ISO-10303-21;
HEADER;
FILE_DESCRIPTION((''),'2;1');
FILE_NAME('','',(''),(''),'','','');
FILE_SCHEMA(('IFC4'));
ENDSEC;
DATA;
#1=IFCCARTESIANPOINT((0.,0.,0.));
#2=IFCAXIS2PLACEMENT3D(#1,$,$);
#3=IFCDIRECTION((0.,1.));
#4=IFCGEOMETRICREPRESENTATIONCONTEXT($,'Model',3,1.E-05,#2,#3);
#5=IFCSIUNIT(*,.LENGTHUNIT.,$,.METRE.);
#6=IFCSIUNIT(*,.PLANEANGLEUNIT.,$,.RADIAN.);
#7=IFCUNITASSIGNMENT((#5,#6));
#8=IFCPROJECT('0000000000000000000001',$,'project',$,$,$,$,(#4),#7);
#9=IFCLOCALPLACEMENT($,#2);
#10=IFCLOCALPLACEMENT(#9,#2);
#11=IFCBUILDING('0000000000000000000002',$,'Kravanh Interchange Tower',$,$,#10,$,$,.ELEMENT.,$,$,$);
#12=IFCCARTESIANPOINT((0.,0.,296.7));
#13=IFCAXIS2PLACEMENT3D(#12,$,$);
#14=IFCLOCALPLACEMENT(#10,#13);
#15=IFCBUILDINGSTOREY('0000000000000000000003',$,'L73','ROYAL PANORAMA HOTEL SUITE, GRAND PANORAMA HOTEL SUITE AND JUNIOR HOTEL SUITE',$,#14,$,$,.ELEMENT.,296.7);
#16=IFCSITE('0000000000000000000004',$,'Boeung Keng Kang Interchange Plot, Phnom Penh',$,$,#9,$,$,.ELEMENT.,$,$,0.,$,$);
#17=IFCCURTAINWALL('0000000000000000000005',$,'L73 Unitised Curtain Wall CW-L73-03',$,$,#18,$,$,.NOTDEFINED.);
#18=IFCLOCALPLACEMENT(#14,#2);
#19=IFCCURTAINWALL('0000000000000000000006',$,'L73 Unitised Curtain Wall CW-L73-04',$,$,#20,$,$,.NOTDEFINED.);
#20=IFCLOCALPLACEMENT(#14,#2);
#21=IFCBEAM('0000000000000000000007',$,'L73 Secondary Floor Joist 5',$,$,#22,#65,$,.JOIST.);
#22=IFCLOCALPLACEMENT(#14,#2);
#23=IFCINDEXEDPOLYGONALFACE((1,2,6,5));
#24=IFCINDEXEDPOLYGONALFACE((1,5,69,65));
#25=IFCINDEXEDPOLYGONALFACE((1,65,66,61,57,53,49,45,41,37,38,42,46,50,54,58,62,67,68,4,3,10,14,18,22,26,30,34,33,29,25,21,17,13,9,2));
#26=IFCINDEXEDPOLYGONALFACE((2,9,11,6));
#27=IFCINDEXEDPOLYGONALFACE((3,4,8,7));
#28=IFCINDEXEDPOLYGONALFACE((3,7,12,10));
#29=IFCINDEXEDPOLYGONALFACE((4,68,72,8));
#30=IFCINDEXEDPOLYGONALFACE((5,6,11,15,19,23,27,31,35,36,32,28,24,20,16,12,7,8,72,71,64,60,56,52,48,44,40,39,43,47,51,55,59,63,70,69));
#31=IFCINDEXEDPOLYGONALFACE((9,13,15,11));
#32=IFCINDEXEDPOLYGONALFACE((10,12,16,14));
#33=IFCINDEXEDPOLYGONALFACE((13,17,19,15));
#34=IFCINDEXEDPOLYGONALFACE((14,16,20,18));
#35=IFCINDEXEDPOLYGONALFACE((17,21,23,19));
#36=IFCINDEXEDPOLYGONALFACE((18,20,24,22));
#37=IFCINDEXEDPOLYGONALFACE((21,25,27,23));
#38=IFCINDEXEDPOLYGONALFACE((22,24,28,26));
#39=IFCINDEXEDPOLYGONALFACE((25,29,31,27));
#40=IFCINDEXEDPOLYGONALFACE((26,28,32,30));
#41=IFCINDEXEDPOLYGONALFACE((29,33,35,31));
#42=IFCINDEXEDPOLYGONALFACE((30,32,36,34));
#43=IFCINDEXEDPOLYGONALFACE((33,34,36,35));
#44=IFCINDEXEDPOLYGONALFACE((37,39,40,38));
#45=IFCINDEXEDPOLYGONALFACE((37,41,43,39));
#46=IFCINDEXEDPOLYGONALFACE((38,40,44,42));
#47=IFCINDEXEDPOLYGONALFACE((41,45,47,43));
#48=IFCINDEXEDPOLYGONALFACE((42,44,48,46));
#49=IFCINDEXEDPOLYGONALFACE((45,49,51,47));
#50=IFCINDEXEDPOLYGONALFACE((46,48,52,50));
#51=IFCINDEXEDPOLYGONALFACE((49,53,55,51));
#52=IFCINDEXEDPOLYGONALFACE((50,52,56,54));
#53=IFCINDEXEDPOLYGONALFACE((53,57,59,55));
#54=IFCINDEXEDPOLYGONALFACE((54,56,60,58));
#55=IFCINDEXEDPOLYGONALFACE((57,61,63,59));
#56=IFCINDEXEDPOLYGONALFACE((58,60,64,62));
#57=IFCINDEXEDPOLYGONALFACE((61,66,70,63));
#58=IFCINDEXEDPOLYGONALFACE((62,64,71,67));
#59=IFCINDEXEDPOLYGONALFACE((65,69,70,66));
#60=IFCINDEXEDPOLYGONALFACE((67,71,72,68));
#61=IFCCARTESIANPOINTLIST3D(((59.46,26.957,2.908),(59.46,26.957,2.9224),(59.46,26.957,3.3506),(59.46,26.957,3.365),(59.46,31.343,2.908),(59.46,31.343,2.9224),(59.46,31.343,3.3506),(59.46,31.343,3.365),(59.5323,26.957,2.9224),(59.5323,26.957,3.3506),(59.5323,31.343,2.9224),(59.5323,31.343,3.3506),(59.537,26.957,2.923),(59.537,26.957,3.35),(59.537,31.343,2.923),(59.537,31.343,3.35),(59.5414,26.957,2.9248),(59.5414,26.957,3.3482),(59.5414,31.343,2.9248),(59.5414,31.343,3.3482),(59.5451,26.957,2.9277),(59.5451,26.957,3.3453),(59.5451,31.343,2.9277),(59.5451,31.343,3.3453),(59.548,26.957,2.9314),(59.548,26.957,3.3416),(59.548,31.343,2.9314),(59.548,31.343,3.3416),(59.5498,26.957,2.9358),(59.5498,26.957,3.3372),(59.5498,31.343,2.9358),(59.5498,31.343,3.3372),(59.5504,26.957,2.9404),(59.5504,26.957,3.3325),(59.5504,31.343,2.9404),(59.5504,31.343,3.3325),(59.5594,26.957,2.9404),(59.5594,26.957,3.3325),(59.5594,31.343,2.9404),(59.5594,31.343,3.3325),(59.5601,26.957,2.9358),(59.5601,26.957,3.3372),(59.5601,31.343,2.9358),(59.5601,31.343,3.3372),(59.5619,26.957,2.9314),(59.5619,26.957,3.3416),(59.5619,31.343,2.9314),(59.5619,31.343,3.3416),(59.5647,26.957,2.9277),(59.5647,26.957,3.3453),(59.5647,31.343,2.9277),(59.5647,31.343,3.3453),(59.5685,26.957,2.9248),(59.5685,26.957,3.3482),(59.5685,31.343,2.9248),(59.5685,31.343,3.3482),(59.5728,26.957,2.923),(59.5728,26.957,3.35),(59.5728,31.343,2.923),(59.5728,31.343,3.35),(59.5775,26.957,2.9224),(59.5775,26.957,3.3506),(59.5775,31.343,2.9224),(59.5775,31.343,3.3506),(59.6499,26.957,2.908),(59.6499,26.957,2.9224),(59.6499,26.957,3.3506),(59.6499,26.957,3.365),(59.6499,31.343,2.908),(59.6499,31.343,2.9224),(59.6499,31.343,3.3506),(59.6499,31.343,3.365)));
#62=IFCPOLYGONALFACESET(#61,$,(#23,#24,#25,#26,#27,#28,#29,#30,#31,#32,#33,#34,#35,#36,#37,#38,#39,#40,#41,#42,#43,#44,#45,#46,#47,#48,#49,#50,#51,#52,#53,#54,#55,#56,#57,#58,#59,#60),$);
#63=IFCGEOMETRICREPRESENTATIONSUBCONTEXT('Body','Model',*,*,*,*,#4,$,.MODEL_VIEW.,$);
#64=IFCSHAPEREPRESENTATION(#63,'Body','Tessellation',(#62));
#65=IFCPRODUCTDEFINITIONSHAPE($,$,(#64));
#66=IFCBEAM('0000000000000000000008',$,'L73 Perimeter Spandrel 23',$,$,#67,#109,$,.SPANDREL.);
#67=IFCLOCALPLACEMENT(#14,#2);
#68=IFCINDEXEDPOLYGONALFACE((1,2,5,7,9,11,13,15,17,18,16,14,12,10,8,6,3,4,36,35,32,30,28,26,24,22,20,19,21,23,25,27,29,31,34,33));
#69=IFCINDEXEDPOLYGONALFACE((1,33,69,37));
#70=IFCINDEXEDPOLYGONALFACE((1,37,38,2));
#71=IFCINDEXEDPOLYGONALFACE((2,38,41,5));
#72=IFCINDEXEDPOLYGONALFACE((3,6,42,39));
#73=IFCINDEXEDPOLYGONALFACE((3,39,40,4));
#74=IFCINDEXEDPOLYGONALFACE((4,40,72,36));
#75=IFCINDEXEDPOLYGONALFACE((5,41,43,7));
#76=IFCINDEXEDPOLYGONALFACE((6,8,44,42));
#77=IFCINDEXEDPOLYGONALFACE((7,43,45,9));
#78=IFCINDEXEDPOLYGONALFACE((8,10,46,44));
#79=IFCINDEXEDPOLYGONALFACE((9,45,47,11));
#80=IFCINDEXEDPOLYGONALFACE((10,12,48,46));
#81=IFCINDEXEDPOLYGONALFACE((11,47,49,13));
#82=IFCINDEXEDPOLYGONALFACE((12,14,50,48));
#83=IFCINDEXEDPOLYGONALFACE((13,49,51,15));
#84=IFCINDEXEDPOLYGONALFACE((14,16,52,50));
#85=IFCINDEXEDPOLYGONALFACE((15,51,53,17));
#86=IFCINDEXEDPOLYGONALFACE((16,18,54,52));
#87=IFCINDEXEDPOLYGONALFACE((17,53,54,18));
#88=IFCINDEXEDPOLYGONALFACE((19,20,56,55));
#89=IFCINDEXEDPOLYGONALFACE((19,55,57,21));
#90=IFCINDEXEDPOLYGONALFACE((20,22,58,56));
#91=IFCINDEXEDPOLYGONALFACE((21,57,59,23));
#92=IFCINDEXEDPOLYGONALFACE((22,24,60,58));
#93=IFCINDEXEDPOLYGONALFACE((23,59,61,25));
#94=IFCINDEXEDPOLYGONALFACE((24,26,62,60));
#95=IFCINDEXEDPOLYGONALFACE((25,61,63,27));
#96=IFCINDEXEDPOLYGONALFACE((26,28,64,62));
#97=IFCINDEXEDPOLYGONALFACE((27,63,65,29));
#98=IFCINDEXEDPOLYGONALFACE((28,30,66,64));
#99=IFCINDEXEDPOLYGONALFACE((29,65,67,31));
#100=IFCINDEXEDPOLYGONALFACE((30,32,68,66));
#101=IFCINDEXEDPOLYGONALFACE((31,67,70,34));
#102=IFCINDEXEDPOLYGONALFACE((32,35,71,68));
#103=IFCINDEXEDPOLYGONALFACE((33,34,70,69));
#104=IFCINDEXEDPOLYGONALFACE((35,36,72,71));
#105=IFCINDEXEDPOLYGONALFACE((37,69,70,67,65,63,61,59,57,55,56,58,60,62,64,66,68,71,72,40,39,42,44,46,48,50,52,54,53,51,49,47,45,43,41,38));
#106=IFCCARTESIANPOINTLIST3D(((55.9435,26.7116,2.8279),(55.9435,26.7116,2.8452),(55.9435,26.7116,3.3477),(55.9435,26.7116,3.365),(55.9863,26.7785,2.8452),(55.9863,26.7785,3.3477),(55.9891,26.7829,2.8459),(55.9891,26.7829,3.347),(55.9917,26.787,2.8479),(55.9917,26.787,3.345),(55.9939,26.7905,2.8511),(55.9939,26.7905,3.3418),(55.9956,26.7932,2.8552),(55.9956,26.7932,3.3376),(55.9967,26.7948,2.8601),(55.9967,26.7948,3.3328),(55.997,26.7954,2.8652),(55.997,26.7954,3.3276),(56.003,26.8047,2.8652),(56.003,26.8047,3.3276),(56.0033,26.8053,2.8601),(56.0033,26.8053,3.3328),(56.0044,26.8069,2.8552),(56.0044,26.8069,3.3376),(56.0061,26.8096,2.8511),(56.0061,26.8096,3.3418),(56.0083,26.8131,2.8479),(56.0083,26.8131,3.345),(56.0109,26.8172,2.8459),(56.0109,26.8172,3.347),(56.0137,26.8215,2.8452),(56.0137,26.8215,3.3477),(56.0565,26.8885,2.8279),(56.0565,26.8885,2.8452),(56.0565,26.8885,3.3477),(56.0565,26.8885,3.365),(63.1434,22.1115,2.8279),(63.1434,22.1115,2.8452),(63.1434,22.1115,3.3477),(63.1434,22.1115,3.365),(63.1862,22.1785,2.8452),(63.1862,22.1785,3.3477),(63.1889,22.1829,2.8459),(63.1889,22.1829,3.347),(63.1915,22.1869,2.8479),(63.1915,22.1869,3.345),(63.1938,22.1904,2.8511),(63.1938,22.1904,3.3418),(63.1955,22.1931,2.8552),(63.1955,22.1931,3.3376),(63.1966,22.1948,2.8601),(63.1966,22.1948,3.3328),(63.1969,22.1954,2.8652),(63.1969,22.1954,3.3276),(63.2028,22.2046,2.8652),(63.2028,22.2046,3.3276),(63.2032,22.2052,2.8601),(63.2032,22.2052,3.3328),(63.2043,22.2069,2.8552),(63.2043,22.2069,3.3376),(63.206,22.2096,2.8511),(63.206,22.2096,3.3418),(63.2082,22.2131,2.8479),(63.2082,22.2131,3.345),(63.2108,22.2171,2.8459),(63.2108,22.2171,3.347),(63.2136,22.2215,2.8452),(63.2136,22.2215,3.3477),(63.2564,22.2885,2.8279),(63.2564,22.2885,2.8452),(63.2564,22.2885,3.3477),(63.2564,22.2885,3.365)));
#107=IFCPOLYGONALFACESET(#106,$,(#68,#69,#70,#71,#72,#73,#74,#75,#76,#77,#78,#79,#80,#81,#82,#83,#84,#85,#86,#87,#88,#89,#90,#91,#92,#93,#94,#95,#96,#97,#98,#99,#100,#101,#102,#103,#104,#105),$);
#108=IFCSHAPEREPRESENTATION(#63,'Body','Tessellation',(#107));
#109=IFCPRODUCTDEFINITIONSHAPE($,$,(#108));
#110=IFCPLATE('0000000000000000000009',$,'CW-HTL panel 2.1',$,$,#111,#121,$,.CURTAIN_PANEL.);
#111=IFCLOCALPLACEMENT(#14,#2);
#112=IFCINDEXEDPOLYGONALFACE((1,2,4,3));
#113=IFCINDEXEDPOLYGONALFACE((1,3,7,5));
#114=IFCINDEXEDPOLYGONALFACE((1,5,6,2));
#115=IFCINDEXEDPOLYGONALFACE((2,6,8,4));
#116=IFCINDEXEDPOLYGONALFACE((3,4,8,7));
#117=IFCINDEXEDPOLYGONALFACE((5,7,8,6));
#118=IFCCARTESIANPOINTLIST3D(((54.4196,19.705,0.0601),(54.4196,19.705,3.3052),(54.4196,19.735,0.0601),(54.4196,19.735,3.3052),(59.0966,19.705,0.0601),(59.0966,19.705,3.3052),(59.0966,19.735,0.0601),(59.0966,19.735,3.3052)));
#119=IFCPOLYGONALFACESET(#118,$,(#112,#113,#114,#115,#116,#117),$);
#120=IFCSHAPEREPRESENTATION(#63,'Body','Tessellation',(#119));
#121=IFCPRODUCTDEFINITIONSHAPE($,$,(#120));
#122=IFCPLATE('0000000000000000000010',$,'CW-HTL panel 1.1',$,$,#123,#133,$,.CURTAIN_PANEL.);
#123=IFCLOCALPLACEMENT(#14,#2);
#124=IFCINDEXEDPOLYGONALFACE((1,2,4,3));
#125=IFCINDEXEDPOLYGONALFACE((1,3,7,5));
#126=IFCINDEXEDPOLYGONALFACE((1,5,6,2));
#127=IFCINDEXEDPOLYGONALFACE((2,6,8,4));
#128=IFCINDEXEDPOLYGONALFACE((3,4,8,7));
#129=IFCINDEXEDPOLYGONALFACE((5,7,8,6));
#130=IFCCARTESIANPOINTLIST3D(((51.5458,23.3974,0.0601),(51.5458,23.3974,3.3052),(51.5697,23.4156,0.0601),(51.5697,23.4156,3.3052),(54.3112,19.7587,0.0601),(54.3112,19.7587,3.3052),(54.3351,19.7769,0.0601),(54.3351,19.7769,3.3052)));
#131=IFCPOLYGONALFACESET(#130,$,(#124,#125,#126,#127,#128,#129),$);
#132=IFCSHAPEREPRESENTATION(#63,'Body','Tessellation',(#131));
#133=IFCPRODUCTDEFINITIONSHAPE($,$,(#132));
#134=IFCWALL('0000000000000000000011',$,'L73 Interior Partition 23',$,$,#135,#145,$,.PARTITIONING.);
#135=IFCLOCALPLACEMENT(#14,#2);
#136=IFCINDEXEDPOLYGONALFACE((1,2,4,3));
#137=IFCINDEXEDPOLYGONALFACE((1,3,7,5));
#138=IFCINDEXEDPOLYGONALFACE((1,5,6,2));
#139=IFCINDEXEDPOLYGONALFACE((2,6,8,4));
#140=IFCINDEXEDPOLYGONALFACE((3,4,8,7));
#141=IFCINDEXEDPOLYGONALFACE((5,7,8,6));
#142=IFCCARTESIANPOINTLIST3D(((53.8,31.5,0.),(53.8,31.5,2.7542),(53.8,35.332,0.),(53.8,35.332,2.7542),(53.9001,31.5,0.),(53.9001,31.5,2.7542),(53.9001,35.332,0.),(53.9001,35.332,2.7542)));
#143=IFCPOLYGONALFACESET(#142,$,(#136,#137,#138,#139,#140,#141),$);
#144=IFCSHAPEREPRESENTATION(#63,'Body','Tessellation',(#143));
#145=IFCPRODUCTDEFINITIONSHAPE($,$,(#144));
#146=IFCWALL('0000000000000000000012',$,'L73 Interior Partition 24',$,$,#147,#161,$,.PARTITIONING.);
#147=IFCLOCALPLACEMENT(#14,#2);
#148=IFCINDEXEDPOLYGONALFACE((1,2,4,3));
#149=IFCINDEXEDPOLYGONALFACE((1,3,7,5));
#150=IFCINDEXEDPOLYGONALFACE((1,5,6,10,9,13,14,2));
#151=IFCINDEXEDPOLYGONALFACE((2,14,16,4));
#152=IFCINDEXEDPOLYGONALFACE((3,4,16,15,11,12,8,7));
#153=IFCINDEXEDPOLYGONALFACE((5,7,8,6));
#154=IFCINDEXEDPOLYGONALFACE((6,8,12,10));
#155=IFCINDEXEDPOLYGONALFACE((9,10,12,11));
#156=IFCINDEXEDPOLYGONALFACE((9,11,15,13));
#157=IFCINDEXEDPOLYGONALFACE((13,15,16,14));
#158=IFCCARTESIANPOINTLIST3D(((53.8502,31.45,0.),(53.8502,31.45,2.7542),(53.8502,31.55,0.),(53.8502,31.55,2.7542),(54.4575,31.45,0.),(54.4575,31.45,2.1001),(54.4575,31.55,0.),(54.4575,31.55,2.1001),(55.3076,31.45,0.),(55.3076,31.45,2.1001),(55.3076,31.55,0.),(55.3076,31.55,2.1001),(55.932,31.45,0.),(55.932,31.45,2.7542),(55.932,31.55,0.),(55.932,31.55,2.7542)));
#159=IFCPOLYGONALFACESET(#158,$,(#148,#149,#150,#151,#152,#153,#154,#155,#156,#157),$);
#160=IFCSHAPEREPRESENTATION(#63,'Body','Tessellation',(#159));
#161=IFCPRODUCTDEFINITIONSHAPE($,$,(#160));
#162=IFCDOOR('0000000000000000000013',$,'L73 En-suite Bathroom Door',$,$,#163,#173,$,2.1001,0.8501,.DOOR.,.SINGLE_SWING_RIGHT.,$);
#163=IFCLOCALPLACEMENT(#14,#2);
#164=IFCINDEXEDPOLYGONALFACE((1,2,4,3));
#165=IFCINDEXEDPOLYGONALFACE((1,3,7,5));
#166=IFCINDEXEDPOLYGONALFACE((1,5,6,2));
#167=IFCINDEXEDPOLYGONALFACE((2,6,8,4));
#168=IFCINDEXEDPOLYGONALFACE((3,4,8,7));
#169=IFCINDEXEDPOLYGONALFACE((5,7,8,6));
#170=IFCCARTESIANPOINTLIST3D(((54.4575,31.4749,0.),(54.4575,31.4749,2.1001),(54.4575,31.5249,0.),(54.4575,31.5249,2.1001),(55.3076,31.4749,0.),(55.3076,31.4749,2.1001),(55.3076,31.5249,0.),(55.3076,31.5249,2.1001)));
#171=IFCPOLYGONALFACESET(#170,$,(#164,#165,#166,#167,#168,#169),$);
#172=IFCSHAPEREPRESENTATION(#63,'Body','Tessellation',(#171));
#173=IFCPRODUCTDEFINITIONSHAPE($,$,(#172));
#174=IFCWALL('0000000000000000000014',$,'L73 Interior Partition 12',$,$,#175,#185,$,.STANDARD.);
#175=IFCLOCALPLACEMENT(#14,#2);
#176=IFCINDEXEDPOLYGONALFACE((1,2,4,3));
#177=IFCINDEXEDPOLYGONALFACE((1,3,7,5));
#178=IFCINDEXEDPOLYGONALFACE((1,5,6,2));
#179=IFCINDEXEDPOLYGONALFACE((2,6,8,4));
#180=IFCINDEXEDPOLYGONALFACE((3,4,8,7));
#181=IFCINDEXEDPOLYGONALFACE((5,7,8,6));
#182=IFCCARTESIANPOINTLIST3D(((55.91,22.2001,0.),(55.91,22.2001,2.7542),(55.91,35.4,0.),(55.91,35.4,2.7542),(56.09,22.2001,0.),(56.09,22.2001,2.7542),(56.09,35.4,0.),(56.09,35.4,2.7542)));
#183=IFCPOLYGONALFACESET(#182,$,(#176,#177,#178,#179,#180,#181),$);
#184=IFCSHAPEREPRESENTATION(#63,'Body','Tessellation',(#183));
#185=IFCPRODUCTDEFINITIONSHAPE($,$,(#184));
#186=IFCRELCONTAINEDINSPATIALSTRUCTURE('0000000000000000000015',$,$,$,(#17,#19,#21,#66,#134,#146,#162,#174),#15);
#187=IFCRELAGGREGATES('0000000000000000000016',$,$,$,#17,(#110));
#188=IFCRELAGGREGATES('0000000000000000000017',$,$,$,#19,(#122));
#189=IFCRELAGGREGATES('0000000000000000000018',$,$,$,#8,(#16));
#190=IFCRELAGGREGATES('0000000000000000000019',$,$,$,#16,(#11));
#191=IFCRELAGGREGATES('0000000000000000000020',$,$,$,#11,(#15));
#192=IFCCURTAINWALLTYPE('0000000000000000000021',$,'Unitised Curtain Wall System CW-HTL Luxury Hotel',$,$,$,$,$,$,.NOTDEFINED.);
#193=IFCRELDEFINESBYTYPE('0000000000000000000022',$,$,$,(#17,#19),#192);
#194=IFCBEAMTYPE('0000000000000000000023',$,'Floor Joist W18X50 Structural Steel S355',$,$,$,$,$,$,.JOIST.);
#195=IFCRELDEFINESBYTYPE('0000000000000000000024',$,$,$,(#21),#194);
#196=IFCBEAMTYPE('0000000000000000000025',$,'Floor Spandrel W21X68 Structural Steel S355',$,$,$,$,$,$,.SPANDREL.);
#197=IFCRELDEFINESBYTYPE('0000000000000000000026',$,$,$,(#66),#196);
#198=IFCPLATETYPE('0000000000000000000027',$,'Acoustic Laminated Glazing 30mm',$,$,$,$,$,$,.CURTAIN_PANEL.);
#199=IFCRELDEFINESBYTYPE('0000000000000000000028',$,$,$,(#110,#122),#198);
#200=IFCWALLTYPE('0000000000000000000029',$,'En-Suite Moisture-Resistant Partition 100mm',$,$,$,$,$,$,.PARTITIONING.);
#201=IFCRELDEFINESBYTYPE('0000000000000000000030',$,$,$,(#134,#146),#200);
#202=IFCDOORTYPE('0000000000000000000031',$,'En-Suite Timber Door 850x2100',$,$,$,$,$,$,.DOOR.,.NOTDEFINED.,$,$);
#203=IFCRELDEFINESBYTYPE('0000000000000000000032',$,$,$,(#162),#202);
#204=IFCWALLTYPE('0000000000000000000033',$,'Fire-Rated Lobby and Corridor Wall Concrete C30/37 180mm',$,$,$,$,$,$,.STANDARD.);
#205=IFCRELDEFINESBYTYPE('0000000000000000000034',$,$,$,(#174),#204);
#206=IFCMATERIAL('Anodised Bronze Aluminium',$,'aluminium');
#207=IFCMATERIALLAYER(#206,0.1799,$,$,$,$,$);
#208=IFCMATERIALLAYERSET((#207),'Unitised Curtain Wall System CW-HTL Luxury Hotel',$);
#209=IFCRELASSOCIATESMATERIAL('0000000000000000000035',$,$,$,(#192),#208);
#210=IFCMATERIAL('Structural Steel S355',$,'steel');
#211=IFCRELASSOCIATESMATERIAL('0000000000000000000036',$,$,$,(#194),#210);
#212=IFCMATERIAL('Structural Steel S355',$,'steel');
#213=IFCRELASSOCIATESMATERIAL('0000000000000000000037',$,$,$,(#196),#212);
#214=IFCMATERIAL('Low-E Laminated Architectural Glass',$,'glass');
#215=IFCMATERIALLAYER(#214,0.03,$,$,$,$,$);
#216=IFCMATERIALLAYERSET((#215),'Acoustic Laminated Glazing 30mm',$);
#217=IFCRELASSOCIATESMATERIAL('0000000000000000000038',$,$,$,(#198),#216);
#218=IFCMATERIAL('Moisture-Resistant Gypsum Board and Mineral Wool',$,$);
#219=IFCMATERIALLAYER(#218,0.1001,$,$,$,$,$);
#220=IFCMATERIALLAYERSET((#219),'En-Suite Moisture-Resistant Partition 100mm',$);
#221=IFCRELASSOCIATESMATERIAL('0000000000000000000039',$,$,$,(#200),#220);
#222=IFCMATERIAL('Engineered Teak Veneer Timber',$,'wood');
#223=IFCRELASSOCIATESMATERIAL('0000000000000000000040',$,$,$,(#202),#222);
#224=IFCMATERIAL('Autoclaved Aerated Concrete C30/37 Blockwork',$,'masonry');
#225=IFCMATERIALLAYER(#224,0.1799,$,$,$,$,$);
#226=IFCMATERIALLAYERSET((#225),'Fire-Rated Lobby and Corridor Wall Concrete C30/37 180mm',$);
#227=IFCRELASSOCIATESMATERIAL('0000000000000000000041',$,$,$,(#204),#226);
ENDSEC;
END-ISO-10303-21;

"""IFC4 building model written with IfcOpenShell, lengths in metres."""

from ifc_helpers import new_model, si_unit, direction, frame, frame_2d, origin, origin_2d, place, context, subcontext, project, spatial, rectangle, i_section, extrude, material, layer, layer_set, material_profile, profile_set, type_object, element, fill, aggregate, save


model = new_model("IFC4")

# Units and contexts
model_context = context("Model", 3, precision=1e-05, world=origin(), true_north=direction((0.0, 1.0)))
body_context = subcontext(model_context, "Body", "Model", "MODEL_VIEW")
ifc_project = project(units=[si_unit("LENGTHUNIT", "METRE"), si_unit("PLANEANGLEUNIT", "RADIAN")], contexts=[model_context])

# Site, building, storey
site_placement = place(None, origin())
site = spatial("IfcSite", under=ifc_project, at=site_placement, Name="Boeung Keng Kang Interchange Plot, Phnom Penh", CompositionType="ELEMENT", RefElevation=0.0)
building_placement = place(site_placement, origin())
building = spatial("IfcBuilding", under=site, at=building_placement, Name="Kravanh Interchange Tower", CompositionType="ELEMENT")
storey_placement = place(building_placement, frame((0.0, 0.0, 296.7)))
storey = spatial("IfcBuildingStorey", under=building, at=storey_placement, Name="L73", Description="ROYAL PANORAMA HOTEL SUITE, GRAND PANORAMA HOTEL SUITE AND JUNIOR HOTEL SUITE", CompositionType="ELEMENT", Elevation=296.7)

# Curtain wall
ifc_material_1 = material(Name="Anodised Bronze Aluminium", Category="aluminium")
ifc_layer_1 = layer(ifc_material_1, 0.1799)
ifc_layer_set_1 = layer_set([ifc_layer_1], Name="Unitised Curtain Wall System CW-HTL Luxury Hotel")
curtain_wall_type = type_object("IfcCurtainWallType", Name="Unitised Curtain Wall System CW-HTL Luxury Hotel", PredefinedType="NOTDEFINED", material=ifc_layer_set_1)
curtain_wall_1_placement = place(storey_placement, origin())
curtain_wall_1 = element("IfcCurtainWall", 1, at=curtain_wall_1_placement, inside=storey, type_object=curtain_wall_type, Name="L73 Unitised Curtain Wall CW-L73-03", PredefinedType="NOTDEFINED")

# Curtain wall
curtain_wall_2_placement = place(storey_placement, origin())
curtain_wall_2 = element("IfcCurtainWall", 2, at=curtain_wall_2_placement, inside=storey, type_object=curtain_wall_type, Name="L73 Unitised Curtain Wall CW-L73-04", PredefinedType="NOTDEFINED")

# Beams
ifc_material_2 = material(Name="Structural Steel S355", Category="steel")
ifc_material_profile_1 = material_profile(ifc_material_2, i_section(OverallWidth=0.1899, OverallDepth=0.457, WebThickness=0.009, FlangeThickness=0.0144, FilletRadius=0.0181, at=origin_2d()), Name="W18X50")
ifc_profile_set_1 = profile_set([ifc_material_profile_1], Name="Structural Steel S355")
beam_type_1 = type_object("IfcBeamType", Name="Floor Joist W18X50 Structural Steel S355", PredefinedType="JOIST", material=ifc_profile_set_1)
for number, where, z_axis, x_axis, name in (
    (3, (59.5549, 26.957, 3.1365), (0.0, 1.0, 0.0), (-1.0, 0.0, 0.0), "L73 Secondary Floor Joist 5"),
):
    element("IfcBeam", number, at=place(storey_placement, frame(where, z_axis=z_axis, x_axis=x_axis)), inside=storey, type_object=beam_type_1, Name=name, PredefinedType="JOIST", context=body_context, shape_type="SweptSolid", body=[
        extrude(i_section(OverallWidth=0.1899, OverallDepth=0.457, WebThickness=0.009, FlangeThickness=0.0144, FilletRadius=0.0181, at=origin_2d()), origin(), (0.0, 0.0, 1.0), 4.386),
    ])
ifc_material_3 = material(Name="Structural Steel S355", Category="steel")
ifc_material_profile_2 = material_profile(ifc_material_3, i_section(OverallWidth=0.21, OverallDepth=0.5371, WebThickness=0.011, FlangeThickness=0.0173, FilletRadius=0.02, at=origin_2d()), Name="W21X68")
ifc_profile_set_2 = profile_set([ifc_material_profile_2], Name="Structural Steel S355")
beam_type_2 = type_object("IfcBeamType", Name="Floor Spandrel W21X68 Structural Steel S355", PredefinedType="SPANDREL", material=ifc_profile_set_2)
beam_1_placement = place(storey_placement, frame((56.0, 26.8, 3.0964), z_axis=(0.842689, -0.5384, 0.0), x_axis=(0.5384, 0.842689, 0.0)))
element("IfcBeam", 4, at=beam_1_placement, inside=storey, type_object=beam_type_2, Name="L73 Perimeter Spandrel 23", PredefinedType="SPANDREL", context=body_context, shape_type="SweptSolid", body=[
    extrude(i_section(OverallWidth=0.21, OverallDepth=0.5371, WebThickness=0.011, FlangeThickness=0.0173, FilletRadius=0.02, at=origin_2d()), origin(), (0.0, 0.0, 1.0), 8.5439),
])

# Plates
ifc_material_4 = material(Name="Low-E Laminated Architectural Glass", Category="glass")
ifc_layer_2 = layer(ifc_material_4, 0.03)
ifc_layer_set_2 = layer_set([ifc_layer_2], Name="Acoustic Laminated Glazing 30mm")
plate_type = type_object("IfcPlateType", Name="Acoustic Laminated Glazing 30mm", PredefinedType="CURTAIN_PANEL", material=ifc_layer_set_2)
plate_1_placement = place(storey_placement, frame((56.7581, 19.72, 0.0601), z_axis=(0.0, 0.0, 1.0), x_axis=(-1.0, 0.0, 0.0)))
plate_1 = element("IfcPlate", 5, at=plate_1_placement, type_object=plate_type, Name="CW-HTL panel 2.1", PredefinedType="CURTAIN_PANEL", context=body_context, shape_type="SweptSolid", body=[
    extrude(rectangle(XDim=4.677, YDim=0.03, at=origin_2d()), origin(), (0.0, 0.0, 1.0), 3.2451),
])
aggregate(curtain_wall_1, [plate_1])
plate_2_placement = place(storey_placement, frame((52.9404, 21.5872, 0.0601), z_axis=(0.0, 0.0, 1.0), x_axis=(-0.605084, 0.796162, 0.0)))
plate_2 = element("IfcPlate", 6, at=plate_2_placement, type_object=plate_type, Name="CW-HTL panel 1.1", PredefinedType="CURTAIN_PANEL", context=body_context, shape_type="SweptSolid", body=[
    extrude(rectangle(XDim=4.5703, YDim=0.03, at=origin_2d()), origin(), (0.0, 0.0, 1.0), 3.2451),
])
aggregate(curtain_wall_2, [plate_2])

# Wall
ifc_material_5 = material(Name="Moisture-Resistant Gypsum Board and Mineral Wool")
ifc_layer_3 = layer(ifc_material_5, 0.1001)
ifc_layer_set_3 = layer_set([ifc_layer_3], Name="En-Suite Moisture-Resistant Partition 100mm")
wall_type_1 = type_object("IfcWallType", Name="En-Suite Moisture-Resistant Partition 100mm", PredefinedType="PARTITIONING", material=ifc_layer_set_3)
wall_1_placement = place(storey_placement, frame((53.8501, 31.5, 0.0), z_axis=(0.0, 0.0, 1.0), x_axis=(0.0, 1.0, 0.0)))
element("IfcWall", 7, at=wall_1_placement, inside=storey, type_object=wall_type_1, Name="L73 Interior Partition 23", PredefinedType="PARTITIONING", context=body_context, shape_type="SweptSolid", body=[
    extrude(rectangle(XDim=3.832, YDim=0.1001, at=frame_2d((1.916, 0.0))), origin(), (0.0, 0.0, 1.0), 2.7542),
])

# Wall, opening, door
wall_2_placement = place(storey_placement, frame((53.8501, 31.5, 0.0), z_axis=(0.0, 0.0, 1.0), x_axis=(1.0, 0.0, 0.0)))
wall_2 = element("IfcWall", 8, at=wall_2_placement, inside=storey, type_object=wall_type_1, Name="L73 Interior Partition 24", PredefinedType="PARTITIONING", context=body_context, shape_type="SweptSolid", body=[
    extrude(rectangle(XDim=2.0818, YDim=0.1001, at=frame_2d((1.041, 0.0))), origin(), (0.0, 0.0, 1.0), 2.7542),
])
opening_1_placement = place(wall_2_placement, frame((0.6074, 0.0, 0.0)))
opening_1 = element("IfcOpeningElement", 9, at=opening_1_placement, cuts=wall_2, PredefinedType="OPENING", context=body_context, shape_type="SweptSolid", body=[
    extrude(rectangle(XDim=0.8501, YDim=2.1001, at=frame_2d((0.425, 1.05))), frame((0.0, 0.0601, 0.0), z_axis=(0.0, -1.0, 0.0), x_axis=(1.0, 0.0, 0.0)), (0.0, 0.0, 1.0), 0.1201),
])
ifc_material_6 = material(Name="Engineered Teak Veneer Timber", Category="wood")
door_type_1 = type_object("IfcDoorType", Name="En-Suite Timber Door 850x2100", OperationType="NOTDEFINED", PredefinedType="DOOR", material=ifc_material_6)
door_1_placement = place(opening_1_placement, origin())
door_1 = element("IfcDoor", 10, at=door_1_placement, inside=storey, type_object=door_type_1, Name="L73 En-suite Bathroom Door", OperationType="SINGLE_SWING_RIGHT", OverallHeight=2.1001, OverallWidth=0.8501, PredefinedType="DOOR", context=body_context, shape_type="SweptSolid", body=[
    extrude(rectangle(XDim=0.8501, YDim=2.1001, at=frame_2d((0.425, 1.05))), frame((0.0, 0.0249, 0.0), z_axis=(0.0, -1.0, 0.0), x_axis=(1.0, 0.0, 0.0)), (0.0, 0.0, 1.0), 0.05),
])
fill(opening_1, door_1)

# Wall
ifc_material_7 = material(Name="Autoclaved Aerated Concrete C30/37 Blockwork", Category="masonry")
ifc_layer_4 = layer(ifc_material_7, 0.1799)
ifc_layer_set_4 = layer_set([ifc_layer_4], Name="Fire-Rated Lobby and Corridor Wall Concrete C30/37 180mm")
wall_type_2 = type_object("IfcWallType", Name="Fire-Rated Lobby and Corridor Wall Concrete C30/37 180mm", PredefinedType="STANDARD", material=ifc_layer_set_4)
wall_3_placement = place(storey_placement, frame((56.0, 22.2, 0.0), z_axis=(0.0, 0.0, 1.0), x_axis=(0.0, 1.0, 0.0)))
element("IfcWall", 11, at=wall_3_placement, inside=storey, type_object=wall_type_2, Name="L73 Interior Partition 12", PredefinedType="STANDARD", context=body_context, shape_type="SweptSolid", body=[
    extrude(rectangle(XDim=13.2, YDim=0.1799, at=frame_2d((6.6001, 0.0))), origin(), (0.0, 0.0, 1.0), 2.7542),
])

save(model, "model.ifc")
